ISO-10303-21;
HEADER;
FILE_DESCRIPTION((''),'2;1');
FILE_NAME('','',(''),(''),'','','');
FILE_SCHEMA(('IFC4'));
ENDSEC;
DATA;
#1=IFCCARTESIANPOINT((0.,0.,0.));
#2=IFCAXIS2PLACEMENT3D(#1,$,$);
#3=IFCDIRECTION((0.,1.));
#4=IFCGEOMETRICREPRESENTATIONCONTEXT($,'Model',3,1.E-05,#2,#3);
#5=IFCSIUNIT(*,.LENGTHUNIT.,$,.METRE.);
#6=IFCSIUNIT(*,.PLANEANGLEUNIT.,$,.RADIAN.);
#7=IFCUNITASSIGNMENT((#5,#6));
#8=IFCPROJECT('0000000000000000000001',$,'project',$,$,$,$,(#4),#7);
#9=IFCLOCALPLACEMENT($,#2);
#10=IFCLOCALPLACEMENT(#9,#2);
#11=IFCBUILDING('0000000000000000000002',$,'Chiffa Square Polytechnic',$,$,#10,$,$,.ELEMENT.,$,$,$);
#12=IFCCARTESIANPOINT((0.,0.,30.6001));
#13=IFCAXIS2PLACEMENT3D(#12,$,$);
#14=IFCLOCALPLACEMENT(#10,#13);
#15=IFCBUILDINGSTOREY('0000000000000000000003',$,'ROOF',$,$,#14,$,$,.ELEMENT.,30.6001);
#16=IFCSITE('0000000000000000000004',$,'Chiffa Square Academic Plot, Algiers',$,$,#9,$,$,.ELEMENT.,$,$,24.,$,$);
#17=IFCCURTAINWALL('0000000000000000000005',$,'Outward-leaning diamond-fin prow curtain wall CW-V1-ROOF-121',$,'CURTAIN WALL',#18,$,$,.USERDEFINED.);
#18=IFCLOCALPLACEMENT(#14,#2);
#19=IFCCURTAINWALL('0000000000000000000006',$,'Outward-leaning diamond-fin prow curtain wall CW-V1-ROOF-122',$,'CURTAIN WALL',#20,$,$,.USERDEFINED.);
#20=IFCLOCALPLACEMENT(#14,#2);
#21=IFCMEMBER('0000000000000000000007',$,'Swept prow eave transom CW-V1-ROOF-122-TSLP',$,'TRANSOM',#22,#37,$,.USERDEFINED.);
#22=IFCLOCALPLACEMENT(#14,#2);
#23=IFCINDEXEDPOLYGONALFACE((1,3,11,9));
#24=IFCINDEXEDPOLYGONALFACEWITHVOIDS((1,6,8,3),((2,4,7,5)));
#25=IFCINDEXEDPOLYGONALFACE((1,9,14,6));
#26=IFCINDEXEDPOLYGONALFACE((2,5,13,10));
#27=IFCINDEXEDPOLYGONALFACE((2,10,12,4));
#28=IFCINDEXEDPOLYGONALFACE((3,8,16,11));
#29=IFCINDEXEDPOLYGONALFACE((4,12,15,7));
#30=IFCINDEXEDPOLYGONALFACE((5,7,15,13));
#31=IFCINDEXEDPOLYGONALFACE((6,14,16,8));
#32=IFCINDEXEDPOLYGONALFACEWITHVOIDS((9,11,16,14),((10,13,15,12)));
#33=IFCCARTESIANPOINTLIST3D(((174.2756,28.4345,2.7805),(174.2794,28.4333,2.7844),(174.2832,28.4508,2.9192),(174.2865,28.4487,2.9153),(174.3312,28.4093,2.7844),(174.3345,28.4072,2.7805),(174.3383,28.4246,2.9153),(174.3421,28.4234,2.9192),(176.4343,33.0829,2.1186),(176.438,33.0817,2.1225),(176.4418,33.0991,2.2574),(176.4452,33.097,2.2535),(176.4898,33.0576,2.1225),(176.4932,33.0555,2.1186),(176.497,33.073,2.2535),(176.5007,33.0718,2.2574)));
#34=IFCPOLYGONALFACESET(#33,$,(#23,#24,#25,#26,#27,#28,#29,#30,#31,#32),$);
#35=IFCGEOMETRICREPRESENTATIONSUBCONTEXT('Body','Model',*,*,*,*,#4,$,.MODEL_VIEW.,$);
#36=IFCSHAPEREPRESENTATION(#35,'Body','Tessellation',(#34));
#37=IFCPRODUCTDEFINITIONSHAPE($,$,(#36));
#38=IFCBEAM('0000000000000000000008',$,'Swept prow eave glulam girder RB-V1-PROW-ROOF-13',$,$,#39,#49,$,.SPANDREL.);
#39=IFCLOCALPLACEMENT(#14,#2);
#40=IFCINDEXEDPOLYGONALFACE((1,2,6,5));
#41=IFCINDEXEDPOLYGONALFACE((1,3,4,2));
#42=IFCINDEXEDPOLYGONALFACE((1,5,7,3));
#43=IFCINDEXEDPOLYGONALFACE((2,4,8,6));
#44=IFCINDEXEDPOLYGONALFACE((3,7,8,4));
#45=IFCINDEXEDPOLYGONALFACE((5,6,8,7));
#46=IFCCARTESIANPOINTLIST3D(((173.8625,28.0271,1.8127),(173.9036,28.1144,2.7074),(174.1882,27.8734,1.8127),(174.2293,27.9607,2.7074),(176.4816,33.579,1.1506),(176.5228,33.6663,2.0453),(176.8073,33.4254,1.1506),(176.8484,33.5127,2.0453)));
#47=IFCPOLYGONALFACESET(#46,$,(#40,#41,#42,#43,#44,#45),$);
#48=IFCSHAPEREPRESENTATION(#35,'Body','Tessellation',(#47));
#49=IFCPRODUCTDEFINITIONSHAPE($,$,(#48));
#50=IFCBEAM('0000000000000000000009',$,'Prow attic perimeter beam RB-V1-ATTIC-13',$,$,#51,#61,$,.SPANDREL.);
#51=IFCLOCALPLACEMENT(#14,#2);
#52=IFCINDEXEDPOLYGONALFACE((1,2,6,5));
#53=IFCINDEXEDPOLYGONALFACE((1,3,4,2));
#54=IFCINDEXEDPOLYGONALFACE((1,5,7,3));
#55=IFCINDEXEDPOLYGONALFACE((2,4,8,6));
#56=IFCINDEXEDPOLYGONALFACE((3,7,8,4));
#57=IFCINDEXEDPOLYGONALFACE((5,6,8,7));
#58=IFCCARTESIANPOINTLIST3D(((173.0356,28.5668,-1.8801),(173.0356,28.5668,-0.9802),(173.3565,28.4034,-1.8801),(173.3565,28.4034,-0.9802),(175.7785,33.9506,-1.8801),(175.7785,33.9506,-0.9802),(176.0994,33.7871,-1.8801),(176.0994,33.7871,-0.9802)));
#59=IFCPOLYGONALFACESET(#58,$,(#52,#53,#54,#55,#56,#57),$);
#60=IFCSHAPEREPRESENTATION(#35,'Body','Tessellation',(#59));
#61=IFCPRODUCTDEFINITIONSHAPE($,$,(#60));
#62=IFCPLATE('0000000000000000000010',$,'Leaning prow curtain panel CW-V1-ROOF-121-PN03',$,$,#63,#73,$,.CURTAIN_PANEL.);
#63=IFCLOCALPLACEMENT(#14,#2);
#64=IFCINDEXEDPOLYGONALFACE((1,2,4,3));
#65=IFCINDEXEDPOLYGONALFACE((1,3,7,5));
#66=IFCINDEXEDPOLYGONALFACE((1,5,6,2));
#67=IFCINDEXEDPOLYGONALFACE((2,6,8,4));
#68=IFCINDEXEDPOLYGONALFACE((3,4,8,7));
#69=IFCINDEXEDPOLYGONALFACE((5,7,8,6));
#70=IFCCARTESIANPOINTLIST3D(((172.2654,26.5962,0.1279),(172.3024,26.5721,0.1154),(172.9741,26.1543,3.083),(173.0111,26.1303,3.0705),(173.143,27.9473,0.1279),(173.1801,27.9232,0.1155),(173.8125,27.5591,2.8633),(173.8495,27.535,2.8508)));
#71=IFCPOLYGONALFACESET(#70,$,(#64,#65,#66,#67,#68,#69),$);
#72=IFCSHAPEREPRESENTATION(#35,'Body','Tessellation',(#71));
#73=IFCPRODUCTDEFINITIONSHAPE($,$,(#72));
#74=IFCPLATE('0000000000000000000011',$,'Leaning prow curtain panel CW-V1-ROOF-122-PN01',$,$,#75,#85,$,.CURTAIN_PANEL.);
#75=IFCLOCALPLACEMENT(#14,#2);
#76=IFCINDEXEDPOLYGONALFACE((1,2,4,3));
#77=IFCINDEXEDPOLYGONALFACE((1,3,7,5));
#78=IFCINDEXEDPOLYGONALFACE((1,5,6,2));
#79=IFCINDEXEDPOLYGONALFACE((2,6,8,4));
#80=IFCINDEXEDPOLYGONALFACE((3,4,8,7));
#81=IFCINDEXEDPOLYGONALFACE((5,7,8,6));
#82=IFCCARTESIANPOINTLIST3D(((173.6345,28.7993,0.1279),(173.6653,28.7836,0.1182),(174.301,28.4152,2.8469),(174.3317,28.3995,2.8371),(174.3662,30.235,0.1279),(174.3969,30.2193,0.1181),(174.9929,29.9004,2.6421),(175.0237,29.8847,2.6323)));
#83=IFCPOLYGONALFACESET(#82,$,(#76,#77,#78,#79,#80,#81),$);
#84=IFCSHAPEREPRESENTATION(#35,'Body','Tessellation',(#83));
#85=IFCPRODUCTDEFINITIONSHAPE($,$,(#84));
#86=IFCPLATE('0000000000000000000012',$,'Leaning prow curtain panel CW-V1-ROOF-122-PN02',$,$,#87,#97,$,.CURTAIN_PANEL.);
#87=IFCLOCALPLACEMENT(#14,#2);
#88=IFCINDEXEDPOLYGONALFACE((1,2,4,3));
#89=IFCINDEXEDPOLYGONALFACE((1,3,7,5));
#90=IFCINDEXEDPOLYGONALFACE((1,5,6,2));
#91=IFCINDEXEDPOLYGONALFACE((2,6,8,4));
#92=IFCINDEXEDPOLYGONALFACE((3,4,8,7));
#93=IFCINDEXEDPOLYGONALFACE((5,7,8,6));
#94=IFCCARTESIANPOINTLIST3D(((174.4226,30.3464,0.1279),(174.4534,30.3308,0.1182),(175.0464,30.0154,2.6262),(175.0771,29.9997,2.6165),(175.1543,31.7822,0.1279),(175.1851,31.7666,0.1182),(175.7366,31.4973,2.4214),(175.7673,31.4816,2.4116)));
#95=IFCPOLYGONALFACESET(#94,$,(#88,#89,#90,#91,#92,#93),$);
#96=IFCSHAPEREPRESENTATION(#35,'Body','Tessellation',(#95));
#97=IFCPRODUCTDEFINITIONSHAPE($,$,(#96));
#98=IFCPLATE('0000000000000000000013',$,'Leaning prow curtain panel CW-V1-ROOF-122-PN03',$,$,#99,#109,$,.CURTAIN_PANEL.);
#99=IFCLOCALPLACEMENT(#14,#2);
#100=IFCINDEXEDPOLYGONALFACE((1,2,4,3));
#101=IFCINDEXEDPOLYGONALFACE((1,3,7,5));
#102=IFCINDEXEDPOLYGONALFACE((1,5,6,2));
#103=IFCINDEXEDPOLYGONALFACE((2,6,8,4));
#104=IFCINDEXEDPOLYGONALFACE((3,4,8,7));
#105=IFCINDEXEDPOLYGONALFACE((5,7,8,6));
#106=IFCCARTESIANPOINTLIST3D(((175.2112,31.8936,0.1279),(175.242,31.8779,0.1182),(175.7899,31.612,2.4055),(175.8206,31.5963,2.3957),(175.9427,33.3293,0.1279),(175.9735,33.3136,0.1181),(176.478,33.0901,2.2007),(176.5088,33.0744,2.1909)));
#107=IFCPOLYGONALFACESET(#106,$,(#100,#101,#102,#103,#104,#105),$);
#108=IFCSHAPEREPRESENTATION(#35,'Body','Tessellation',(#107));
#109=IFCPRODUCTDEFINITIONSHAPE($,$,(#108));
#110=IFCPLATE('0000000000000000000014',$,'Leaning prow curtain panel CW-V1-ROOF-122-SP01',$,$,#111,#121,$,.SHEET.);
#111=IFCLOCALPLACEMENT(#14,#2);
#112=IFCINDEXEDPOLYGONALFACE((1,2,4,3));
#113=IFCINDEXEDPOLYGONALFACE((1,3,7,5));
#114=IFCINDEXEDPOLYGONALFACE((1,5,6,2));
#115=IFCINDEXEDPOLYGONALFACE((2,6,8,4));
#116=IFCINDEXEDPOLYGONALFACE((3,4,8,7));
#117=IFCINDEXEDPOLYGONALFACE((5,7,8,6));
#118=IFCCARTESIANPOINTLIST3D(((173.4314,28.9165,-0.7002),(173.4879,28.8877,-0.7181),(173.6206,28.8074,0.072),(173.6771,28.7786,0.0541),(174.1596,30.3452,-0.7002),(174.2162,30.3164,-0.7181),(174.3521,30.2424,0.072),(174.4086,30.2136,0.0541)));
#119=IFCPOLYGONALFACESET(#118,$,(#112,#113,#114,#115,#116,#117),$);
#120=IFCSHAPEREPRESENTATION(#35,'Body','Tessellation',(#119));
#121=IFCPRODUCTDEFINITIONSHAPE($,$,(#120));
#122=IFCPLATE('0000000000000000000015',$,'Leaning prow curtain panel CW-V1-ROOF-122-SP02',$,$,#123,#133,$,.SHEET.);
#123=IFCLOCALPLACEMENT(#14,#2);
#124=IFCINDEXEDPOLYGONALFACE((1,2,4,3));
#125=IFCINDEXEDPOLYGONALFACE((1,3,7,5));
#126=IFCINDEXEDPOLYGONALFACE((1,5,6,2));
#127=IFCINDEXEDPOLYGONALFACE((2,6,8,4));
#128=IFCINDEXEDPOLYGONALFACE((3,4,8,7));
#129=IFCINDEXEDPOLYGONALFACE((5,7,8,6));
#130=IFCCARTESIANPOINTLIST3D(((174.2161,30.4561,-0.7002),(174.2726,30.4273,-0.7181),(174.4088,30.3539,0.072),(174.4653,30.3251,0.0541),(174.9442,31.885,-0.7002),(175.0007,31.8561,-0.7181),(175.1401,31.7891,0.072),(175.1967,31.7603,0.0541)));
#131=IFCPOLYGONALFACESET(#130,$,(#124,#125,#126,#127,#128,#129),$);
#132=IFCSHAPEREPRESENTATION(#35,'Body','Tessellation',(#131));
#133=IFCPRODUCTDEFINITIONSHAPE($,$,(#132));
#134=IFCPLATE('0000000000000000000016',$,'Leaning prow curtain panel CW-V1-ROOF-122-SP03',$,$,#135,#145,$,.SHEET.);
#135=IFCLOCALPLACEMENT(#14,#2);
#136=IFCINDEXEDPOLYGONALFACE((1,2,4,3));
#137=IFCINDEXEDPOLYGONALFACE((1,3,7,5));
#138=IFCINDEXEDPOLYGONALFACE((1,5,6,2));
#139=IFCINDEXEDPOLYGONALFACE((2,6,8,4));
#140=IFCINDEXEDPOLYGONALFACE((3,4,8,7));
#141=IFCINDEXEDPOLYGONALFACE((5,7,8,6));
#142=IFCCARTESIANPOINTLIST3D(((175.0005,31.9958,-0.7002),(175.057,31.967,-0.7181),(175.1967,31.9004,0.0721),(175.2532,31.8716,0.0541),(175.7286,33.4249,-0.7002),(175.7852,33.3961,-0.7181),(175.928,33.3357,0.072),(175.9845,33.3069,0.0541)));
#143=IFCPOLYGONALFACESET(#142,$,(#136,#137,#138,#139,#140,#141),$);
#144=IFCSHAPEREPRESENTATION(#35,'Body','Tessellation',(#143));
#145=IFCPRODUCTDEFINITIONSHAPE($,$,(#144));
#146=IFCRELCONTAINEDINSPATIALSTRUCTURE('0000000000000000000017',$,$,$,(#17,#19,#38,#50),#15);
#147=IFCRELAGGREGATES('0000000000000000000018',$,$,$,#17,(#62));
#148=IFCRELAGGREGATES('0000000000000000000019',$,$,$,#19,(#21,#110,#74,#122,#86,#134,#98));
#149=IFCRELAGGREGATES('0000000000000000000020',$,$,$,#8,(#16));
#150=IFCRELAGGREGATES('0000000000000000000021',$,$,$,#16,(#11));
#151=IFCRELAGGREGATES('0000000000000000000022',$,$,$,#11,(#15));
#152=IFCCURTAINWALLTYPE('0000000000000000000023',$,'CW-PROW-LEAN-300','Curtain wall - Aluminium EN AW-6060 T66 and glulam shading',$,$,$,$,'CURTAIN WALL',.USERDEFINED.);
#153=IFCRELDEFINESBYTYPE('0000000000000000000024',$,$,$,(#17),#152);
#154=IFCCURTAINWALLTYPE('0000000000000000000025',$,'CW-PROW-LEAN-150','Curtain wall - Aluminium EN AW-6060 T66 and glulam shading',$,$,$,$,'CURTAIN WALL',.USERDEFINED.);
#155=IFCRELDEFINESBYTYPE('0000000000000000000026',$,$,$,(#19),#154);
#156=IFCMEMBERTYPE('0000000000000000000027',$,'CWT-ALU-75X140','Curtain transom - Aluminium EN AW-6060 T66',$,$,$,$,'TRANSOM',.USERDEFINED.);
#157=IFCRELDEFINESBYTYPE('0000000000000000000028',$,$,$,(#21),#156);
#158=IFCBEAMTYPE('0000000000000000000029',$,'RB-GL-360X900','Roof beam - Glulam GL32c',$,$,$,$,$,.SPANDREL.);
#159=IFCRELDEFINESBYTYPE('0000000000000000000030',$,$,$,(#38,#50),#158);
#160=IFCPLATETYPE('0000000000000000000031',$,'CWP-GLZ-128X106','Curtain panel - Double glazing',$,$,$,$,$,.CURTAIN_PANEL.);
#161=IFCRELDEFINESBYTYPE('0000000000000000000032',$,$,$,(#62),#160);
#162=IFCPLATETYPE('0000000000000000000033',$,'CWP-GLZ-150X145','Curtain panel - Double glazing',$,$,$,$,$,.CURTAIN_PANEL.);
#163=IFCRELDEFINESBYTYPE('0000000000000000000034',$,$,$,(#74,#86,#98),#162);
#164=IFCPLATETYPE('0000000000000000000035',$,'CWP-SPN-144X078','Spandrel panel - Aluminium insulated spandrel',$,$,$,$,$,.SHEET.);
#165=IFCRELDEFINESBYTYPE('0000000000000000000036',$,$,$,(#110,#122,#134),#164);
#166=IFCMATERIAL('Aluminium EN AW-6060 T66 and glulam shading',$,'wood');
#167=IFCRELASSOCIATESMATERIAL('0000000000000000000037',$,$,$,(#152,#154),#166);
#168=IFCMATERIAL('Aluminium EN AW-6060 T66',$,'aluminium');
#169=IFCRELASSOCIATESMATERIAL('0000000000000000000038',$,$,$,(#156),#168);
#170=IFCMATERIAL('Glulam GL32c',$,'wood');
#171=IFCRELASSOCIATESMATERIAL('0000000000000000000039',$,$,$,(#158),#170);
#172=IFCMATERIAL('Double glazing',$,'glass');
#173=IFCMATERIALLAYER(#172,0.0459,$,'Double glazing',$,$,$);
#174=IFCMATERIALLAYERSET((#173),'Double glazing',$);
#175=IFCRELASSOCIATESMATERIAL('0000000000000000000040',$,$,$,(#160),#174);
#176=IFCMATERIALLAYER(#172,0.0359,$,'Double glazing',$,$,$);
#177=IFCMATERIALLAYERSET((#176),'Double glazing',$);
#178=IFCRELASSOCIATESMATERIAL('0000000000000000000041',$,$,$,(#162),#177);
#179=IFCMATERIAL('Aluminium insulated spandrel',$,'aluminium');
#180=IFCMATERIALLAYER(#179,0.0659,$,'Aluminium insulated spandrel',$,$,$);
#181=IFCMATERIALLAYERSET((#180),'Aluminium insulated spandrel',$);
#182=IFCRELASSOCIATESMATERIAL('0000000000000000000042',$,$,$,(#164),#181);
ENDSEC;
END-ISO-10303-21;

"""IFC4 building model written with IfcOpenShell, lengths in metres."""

from ifc_helpers import new_model, si_unit, direction, frame, origin, origin_2d, place, context, subcontext, project, spatial, polyline, rectangle, hollow_rectangle, outline, extrude, material, layer, layer_set, material_profile, profile_set, type_object, element, aggregate, save


model = new_model("IFC4")

# Units and contexts
model_context = context("Model", 3, precision=1e-05, world=origin(), true_north=direction((0.0, 1.0)))
body_context = subcontext(model_context, "Body", "Model", "MODEL_VIEW")
ifc_project = project(units=[si_unit("LENGTHUNIT", "METRE"), si_unit("PLANEANGLEUNIT", "RADIAN")], contexts=[model_context])

# Site, building, storey
site_placement = place(None, origin())
site = spatial("IfcSite", under=ifc_project, at=site_placement, Name="Chiffa Square Academic Plot, Algiers", CompositionType="ELEMENT", RefElevation=24.0)
building_placement = place(site_placement, origin())
building = spatial("IfcBuilding", under=site, at=building_placement, Name="Chiffa Square Polytechnic", CompositionType="ELEMENT")
storey_placement = place(building_placement, frame((0.0, 0.0, 30.6001)))
storey = spatial("IfcBuildingStorey", under=building, at=storey_placement, Name="ROOF", CompositionType="ELEMENT", Elevation=30.6001)

# Shared definitions
ifc_material_1 = material(Name="Glulam GL32c", Category="wood")

# Curtain wall
ifc_material_2 = material(Name="Aluminium EN AW-6060 T66 and glulam shading", Category="wood")
curtain_wall_type_1 = type_object("IfcCurtainWallType", Name="CW-PROW-LEAN-300", Description="Curtain wall - Aluminium EN AW-6060 T66 and glulam shading", ElementType="CURTAIN WALL", PredefinedType="USERDEFINED", material=ifc_material_2)
curtain_wall_1_placement = place(storey_placement, origin())
curtain_wall_1 = element("IfcCurtainWall", 1, at=curtain_wall_1_placement, inside=storey, type_object=curtain_wall_type_1, Name="Outward-leaning diamond-fin prow curtain wall CW-V1-ROOF-121", ObjectType="CURTAIN WALL", PredefinedType="USERDEFINED")
ifc_material_3 = material(Name="Aluminium EN AW-6060 T66", Category="aluminium")

# Curtain wall
curtain_wall_type_2 = type_object("IfcCurtainWallType", Name="CW-PROW-LEAN-150", Description="Curtain wall - Aluminium EN AW-6060 T66 and glulam shading", ElementType="CURTAIN WALL", PredefinedType="USERDEFINED", material=ifc_material_2)
curtain_wall_2_placement = place(storey_placement, origin())
curtain_wall_2 = element("IfcCurtainWall", 2, at=curtain_wall_2_placement, inside=storey, type_object=curtain_wall_type_2, Name="Outward-leaning diamond-fin prow curtain wall CW-V1-ROOF-122", ObjectType="CURTAIN WALL", PredefinedType="USERDEFINED")

# Member
ifc_material_profile_1 = material_profile(ifc_material_3, hollow_rectangle(XDim=0.0649, YDim=0.1399, WallThickness=0.0039, at=origin_2d()), Name="ALU 65x140x4")
ifc_profile_set_1 = profile_set([ifc_material_profile_1], Name="Aluminium EN AW-6060 T66")
member_type_1 = type_object("IfcMemberType", Name="CWT-ALU-75X140", Description="Curtain transom - Aluminium EN AW-6060 T66", ElementType="TRANSOM", PredefinedType="USERDEFINED", material=ifc_profile_set_1)
member_1_placement = place(storey_placement, frame((174.3088, 28.429, 2.8499), z_axis=(0.417721, 0.899503, -0.128075), x_axis=(-0.906973, 0.42119, 0.0)))
member_1 = element("IfcMember", 3, at=member_1_placement, type_object=member_type_1, Name="Swept prow eave transom CW-V1-ROOF-122-TSLP", ObjectType="TRANSOM", PredefinedType="USERDEFINED", context=body_context, shape_type="SweptSolid", body=[
    extrude(hollow_rectangle(XDim=0.0649, YDim=0.1399, WallThickness=0.0039, at=origin_2d()), origin(), (0.0, 0.0, 1.0), 5.1677),
])

# Beams
ifc_material_profile_2 = material_profile(ifc_material_1, rectangle(XDim=0.3601, YDim=0.8999, at=origin_2d()), Name="GL32c 360x900")
ifc_profile_set_2 = profile_set([ifc_material_profile_2], Name="Glulam GL32c")
beam_type_1 = type_object("IfcBeamType", Name="RB-GL-360X900", Description="Roof beam - Glulam GL32c", PredefinedType="SPANDREL", material=ifc_profile_set_2)
beam_1_placement = place(storey_placement, frame((174.0459, 27.9939, 2.26), z_axis=(0.424195, 0.899199, -0.107235), x_axis=(-0.904415, 0.426655, 0.0)))
element("IfcBeam", 4, at=beam_1_placement, inside=storey, type_object=beam_type_1, Name="Swept prow eave glulam girder RB-V1-PROW-ROOF-13", PredefinedType="SPANDREL", context=body_context, shape_type="SweptSolid", body=[
    extrude(rectangle(XDim=0.3601, YDim=0.8999, at=origin_2d()), origin(), (0.0, 0.0, 1.0), 6.1743),
])
beam_2_placement = place(storey_placement, frame((173.196, 28.4851, -1.4302), z_axis=(0.453957, 0.891024, 0.0), x_axis=(-0.891024, 0.453957, 0.0)))
element("IfcBeam", 5, at=beam_2_placement, inside=storey, type_object=beam_type_1, Name="Prow attic perimeter beam RB-V1-ATTIC-13", PredefinedType="SPANDREL", context=body_context, shape_type="SweptSolid", body=[
    extrude(rectangle(XDim=0.3601, YDim=0.8999, at=origin_2d()), origin(), (0.0, 0.0, 1.0), 6.0422),
])

# Plates
ifc_material_4 = material(Name="Double glazing", Category="glass")
ifc_layer_1 = layer(ifc_material_4, 0.0459, Name="Double glazing")
ifc_layer_set_1 = layer_set([ifc_layer_1], Name="Double glazing")
plate_type_1 = type_object("IfcPlateType", Name="CWP-GLZ-128X106", Description="Curtain panel - Double glazing", PredefinedType="CURTAIN_PANEL", material=ifc_layer_set_1)
plate_1_placement = place(storey_placement, frame((172.2654, 26.5962, 0.1279), z_axis=(-0.807013, 0.524205, 0.271919), x_axis=(0.544732, 0.83861, 0.000011)))
plate_1 = element("IfcPlate", 6, at=plate_1_placement, type_object=plate_type_1, Name="Leaning prow curtain panel CW-V1-ROOF-121-PN03", PredefinedType="CURTAIN_PANEL", context=body_context, shape_type="SweptSolid", body=[
    extrude(outline(polyline([(0.0, 0.0), (1.6111, 0.0), (1.6503, -2.8424), (0.0155, -3.0708), (0.0, 0.0)])), origin(), (0.0, 0.0, -1.0), 0.0459),
])
aggregate(curtain_wall_1, [plate_1])
ifc_layer_2 = layer(ifc_material_4, 0.0359, Name="Double glazing")
ifc_layer_set_2 = layer_set([ifc_layer_2], Name="Double glazing")
plate_type_2 = type_object("IfcPlateType", Name="CWP-GLZ-150X145", Description="Curtain panel - Double glazing", PredefinedType="CURTAIN_PANEL", material=ifc_layer_set_2)
plate_2_placement = place(storey_placement, frame((173.6345, 28.7993, 0.1279), z_axis=(-0.857408, 0.43695, 0.271895), x_axis=(0.454046, 0.890978, -0.000037)))
plate_2 = element("IfcPlate", 7, at=plate_2_placement, type_object=plate_type_2, Name="Leaning prow curtain panel CW-V1-ROOF-122-PN01", PredefinedType="CURTAIN_PANEL", context=body_context, shape_type="SweptSolid", body=[
    extrude(outline(polyline([(0.0, 0.0), (1.6114, 0.0), (1.5977, -2.6126), (-0.0398, -2.8254), (0.0, 0.0)])), origin(), (0.0, 0.0, -1.0), 0.0359),
])
plate_3_placement = place(storey_placement, frame((174.4226, 30.3464, 0.1279), z_axis=(-0.857398, 0.436923, 0.271967), x_axis=(0.454038, 0.890982, 0.000003)))
plate_3 = element("IfcPlate", 8, at=plate_3_placement, type_object=plate_type_2, Name="Leaning prow curtain panel CW-V1-ROOF-122-PN02", PredefinedType="CURTAIN_PANEL", context=body_context, shape_type="SweptSolid", body=[
    extrude(outline(polyline([(0.0, 0.0), (1.6115, 0.0), (1.622, -2.3833), (-0.0117, -2.5962), (0.0, 0.0)])), origin(), (0.0, 0.0, -1.0), 0.0359),
])
plate_4_placement = place(storey_placement, frame((175.2112, 31.8936, 0.1279), z_axis=(-0.857451, 0.436881, 0.271868), x_axis=(0.453977, 0.891014, -0.000015)))
plate_4 = element("IfcPlate", 9, at=plate_4_placement, type_object=plate_type_2, Name="Leaning prow curtain panel CW-V1-ROOF-122-PN03", PredefinedType="CURTAIN_PANEL", context=body_context, shape_type="SweptSolid", body=[
    extrude(outline(polyline([(0.0, 0.0), (1.6114, 0.0), (1.6412, -2.1539), (0.0118, -2.3667), (0.0, 0.0)])), origin(), (0.0, 0.0, -1.0), 0.0359),
])
ifc_material_5 = material(Name="Aluminium insulated spandrel", Category="aluminium")
ifc_layer_3 = layer(ifc_material_5, 0.0659, Name="Aluminium insulated spandrel")
ifc_layer_set_3 = layer_set([ifc_layer_3], Name="Aluminium insulated spandrel")
plate_type_3 = type_object("IfcPlateType", Name="CWP-SPN-144X078", Description="Spandrel panel - Aluminium insulated spandrel", PredefinedType="SHEET", material=ifc_layer_set_3)
plate_5_placement = place(storey_placement, frame((173.4314, 28.9165, -0.7002), z_axis=(-0.857395, 0.43703, 0.271807), x_axis=(0.454128, 0.890936, 0.000004)))
plate_5 = element("IfcPlate", 10, at=plate_5_placement, type_object=plate_type_3, Name="Leaning prow curtain panel CW-V1-ROOF-122-SP01", PredefinedType="SHEET", context=body_context, shape_type="SweptSolid", body=[
    extrude(outline(polyline([(0.0, 0.0), (1.6036, 0.0), (1.5994, -0.8024), (-0.0113, -0.8024), (0.0, 0.0)])), origin(), (0.0, 0.0, -1.0), 0.0659),
])
plate_6_placement = place(storey_placement, frame((174.2161, 30.4561, -0.7002), z_axis=(-0.857441, 0.436943, 0.2718), x_axis=(0.454031, 0.890986, -0.000022)))
plate_6 = element("IfcPlate", 11, at=plate_6_placement, type_object=plate_type_3, Name="Leaning prow curtain panel CW-V1-ROOF-122-SP02", PredefinedType="SHEET", context=body_context, shape_type="SweptSolid", body=[
    extrude(outline(polyline([(0.0, 0.0), (1.6037, 0.0), (1.6072, -0.8025), (-0.0035, -0.8024), (0.0, 0.0)])), origin(), (0.0, 0.0, -1.0), 0.0659),
])
plate_7_placement = place(storey_placement, frame((175.0005, 31.9958, -0.7002), z_axis=(-0.857457, 0.436914, 0.271797), x_axis=(0.454011, 0.890996, 0.000022)))
plate_7 = element("IfcPlate", 12, at=plate_7_placement, type_object=plate_type_3, Name="Leaning prow curtain panel CW-V1-ROOF-122-SP03", PredefinedType="SHEET", context=body_context, shape_type="SweptSolid", body=[
    extrude(outline(polyline([(0.0, 0.0), (1.6038, 0.0), (1.6149, -0.8024), (0.0041, -0.8025), (0.0, 0.0)])), origin(), (0.0, 0.0, -1.0), 0.0659),
])
aggregate(curtain_wall_2, [member_1, plate_5, plate_2, plate_6, plate_3, plate_7, plate_4])

save(model, "model.ifc")
